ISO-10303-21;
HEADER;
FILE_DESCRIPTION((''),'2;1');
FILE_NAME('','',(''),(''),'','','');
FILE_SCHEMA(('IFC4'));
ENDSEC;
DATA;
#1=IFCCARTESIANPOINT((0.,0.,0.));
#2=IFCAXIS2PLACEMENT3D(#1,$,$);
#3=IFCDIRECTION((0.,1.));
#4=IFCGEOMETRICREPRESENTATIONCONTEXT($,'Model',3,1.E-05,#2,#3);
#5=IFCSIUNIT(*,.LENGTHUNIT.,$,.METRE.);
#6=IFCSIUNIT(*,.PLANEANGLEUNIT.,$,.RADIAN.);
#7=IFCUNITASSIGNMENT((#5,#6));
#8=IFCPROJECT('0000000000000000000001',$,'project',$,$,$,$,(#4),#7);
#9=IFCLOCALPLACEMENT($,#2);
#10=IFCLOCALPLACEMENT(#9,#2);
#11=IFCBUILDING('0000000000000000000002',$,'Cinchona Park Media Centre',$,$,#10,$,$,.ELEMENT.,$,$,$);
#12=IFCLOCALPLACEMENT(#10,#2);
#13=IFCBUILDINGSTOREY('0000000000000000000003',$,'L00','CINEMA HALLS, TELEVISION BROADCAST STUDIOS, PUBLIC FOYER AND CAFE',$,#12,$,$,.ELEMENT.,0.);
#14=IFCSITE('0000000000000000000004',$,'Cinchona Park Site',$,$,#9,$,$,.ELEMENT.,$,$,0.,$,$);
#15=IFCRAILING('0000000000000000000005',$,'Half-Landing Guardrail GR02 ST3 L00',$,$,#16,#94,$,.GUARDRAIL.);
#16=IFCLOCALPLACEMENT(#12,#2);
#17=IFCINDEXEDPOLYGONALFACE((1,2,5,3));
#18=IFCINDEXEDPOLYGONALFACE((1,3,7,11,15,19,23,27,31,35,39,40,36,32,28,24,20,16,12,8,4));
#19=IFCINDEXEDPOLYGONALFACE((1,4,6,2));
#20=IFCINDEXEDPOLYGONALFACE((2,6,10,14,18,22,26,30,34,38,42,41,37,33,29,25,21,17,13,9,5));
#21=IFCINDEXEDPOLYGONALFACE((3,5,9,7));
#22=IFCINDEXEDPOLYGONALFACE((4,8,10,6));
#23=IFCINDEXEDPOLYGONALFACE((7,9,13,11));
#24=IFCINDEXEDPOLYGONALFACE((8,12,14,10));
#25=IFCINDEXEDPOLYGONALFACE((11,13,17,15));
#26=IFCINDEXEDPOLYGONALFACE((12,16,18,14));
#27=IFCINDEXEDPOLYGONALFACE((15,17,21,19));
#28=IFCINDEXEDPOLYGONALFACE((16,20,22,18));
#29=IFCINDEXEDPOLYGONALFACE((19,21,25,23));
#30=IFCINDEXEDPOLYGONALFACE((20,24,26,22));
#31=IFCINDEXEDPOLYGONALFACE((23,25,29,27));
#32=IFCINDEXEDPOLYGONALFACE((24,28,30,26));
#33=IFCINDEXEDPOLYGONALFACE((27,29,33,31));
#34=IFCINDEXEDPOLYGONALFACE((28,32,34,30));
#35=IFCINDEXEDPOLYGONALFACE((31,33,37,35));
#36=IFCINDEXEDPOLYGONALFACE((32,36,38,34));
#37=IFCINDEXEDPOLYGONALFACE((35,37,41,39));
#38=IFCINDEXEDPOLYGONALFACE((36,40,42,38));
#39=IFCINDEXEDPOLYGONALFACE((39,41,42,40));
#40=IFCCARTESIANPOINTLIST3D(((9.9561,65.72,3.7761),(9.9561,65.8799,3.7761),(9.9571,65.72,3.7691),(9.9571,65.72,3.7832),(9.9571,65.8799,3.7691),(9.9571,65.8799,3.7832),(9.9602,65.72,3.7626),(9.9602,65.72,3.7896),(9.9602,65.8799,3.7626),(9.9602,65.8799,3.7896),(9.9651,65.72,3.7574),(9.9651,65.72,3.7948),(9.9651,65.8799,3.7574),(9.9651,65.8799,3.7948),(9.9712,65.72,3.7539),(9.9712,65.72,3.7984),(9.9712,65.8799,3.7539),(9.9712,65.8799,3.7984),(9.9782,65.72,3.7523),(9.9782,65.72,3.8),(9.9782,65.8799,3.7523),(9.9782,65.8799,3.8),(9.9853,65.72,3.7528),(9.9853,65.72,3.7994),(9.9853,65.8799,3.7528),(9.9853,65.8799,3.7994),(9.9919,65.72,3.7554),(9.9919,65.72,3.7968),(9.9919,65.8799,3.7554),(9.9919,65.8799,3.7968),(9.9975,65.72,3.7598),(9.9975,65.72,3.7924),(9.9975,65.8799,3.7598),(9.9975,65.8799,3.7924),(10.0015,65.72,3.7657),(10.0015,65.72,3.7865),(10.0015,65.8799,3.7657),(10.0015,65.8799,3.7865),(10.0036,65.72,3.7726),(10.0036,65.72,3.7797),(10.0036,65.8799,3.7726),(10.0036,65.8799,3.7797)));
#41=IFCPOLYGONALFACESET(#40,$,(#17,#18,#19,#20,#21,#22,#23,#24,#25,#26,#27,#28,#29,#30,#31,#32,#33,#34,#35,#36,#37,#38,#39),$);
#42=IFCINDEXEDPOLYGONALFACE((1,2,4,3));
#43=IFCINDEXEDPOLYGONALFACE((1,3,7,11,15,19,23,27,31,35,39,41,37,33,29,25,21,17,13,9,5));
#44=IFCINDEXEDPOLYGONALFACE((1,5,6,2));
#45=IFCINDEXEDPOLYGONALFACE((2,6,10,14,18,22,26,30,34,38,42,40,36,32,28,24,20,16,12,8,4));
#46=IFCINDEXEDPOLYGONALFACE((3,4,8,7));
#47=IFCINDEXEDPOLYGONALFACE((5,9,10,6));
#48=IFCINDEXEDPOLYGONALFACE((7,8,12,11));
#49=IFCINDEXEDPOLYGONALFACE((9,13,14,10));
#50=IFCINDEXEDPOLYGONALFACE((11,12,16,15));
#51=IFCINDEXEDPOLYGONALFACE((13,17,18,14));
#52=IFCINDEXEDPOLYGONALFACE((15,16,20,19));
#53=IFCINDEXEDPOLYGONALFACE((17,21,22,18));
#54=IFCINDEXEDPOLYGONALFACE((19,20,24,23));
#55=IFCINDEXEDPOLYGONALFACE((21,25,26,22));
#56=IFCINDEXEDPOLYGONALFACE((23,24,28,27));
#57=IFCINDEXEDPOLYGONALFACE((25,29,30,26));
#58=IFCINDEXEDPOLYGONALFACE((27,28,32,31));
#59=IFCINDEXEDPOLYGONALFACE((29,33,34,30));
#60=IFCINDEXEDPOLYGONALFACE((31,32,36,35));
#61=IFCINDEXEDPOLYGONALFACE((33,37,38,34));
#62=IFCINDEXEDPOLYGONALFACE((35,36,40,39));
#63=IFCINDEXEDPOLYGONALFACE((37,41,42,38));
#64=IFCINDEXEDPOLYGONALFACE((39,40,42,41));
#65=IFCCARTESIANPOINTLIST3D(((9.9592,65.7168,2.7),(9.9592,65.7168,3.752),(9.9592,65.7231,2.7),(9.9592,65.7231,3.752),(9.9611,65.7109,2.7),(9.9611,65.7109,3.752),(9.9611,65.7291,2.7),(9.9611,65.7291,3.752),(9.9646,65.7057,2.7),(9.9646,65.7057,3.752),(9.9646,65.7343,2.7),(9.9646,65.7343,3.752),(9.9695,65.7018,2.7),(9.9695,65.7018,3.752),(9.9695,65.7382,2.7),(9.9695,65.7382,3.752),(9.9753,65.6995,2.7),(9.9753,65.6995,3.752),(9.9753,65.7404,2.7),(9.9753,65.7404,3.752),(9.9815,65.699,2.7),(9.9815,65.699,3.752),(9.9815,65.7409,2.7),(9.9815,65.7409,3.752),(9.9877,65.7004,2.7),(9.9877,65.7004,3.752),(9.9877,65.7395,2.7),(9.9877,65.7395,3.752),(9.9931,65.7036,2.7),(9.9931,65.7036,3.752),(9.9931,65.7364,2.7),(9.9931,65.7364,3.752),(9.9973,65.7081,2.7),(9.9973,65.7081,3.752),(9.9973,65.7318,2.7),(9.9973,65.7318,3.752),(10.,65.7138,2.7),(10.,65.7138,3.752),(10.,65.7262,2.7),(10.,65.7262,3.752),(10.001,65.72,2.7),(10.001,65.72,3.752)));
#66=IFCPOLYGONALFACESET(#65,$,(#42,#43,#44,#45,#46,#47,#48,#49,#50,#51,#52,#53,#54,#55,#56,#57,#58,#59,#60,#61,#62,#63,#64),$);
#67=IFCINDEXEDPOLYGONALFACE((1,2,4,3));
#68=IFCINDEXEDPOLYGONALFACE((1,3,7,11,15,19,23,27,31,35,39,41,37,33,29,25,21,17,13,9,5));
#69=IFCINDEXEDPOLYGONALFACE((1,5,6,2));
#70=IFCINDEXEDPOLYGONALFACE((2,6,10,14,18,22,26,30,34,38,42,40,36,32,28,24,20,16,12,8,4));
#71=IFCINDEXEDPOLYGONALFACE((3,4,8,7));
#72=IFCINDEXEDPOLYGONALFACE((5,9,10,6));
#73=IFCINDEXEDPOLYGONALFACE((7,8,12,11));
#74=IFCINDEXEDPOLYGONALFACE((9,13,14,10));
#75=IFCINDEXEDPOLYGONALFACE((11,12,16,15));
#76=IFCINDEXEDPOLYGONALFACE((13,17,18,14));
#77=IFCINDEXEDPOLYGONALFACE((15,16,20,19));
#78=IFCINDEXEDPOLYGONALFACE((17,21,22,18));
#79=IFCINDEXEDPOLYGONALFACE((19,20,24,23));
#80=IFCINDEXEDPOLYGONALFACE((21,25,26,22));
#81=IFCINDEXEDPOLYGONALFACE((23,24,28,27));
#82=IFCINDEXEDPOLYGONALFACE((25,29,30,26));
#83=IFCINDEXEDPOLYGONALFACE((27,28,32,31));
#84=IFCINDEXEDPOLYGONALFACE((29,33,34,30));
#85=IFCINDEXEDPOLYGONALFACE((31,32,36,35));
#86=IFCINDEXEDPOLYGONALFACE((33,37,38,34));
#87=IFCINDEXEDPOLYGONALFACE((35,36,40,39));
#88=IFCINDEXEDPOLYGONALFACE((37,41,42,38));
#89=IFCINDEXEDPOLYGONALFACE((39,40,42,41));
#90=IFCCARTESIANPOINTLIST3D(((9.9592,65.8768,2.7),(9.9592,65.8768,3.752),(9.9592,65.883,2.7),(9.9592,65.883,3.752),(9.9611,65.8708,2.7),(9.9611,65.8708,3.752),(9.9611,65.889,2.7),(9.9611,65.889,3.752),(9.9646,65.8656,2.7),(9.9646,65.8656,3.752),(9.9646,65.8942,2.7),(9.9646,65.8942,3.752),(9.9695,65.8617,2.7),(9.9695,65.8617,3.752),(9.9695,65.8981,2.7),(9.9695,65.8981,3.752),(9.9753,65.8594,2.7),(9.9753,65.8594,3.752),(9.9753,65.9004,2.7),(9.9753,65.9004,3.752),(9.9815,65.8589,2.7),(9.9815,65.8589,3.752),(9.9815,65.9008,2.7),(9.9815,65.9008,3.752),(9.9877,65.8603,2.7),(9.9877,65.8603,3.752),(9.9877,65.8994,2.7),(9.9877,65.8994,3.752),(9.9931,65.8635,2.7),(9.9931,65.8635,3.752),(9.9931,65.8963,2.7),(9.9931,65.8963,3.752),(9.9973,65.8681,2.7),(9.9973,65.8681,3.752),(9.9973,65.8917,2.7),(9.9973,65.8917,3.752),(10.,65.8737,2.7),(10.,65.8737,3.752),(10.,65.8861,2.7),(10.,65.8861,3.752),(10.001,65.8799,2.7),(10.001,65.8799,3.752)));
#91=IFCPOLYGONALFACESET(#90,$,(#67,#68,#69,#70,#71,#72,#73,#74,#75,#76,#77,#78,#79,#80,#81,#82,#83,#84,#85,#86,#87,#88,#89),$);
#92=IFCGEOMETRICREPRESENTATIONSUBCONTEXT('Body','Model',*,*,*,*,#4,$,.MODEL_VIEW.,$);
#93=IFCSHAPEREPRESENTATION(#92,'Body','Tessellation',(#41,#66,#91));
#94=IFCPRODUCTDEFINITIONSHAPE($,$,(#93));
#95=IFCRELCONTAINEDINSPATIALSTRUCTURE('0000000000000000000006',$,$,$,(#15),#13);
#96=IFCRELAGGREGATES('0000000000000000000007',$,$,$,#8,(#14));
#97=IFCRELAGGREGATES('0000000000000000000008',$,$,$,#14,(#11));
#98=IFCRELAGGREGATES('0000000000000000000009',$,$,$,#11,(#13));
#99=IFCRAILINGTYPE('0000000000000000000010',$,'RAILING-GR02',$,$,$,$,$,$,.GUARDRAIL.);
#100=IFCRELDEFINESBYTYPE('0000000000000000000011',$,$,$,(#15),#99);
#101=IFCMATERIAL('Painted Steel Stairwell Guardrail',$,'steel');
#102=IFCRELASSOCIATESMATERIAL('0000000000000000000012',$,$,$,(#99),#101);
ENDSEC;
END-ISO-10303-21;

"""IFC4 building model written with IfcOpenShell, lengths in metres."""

from ifc_helpers import new_model, si_unit, direction, frame, origin, origin_2d, place, context, subcontext, project, spatial, circle, extrude, material, type_object, element, save


model = new_model("IFC4")

# Units and contexts
model_context = context("Model", 3, precision=1e-05, world=origin(), true_north=direction((0.0, 1.0)))
body_context = subcontext(model_context, "Body", "Model", "MODEL_VIEW")
ifc_project = project(units=[si_unit("LENGTHUNIT", "METRE"), si_unit("PLANEANGLEUNIT", "RADIAN")], contexts=[model_context])

# Site, building, storey
site_placement = place(None, origin())
site = spatial("IfcSite", under=ifc_project, at=site_placement, Name="Cinchona Park Site", CompositionType="ELEMENT", RefElevation=0.0)
building_placement = place(site_placement, origin())
building = spatial("IfcBuilding", under=site, at=building_placement, Name="Cinchona Park Media Centre", CompositionType="ELEMENT")
storey_placement = place(building_placement, origin())
storey = spatial("IfcBuildingStorey", under=building, at=storey_placement, Name="L00", Description="CINEMA HALLS, TELEVISION BROADCAST STUDIOS, PUBLIC FOYER AND CAFE", CompositionType="ELEMENT", Elevation=0.0)

# Railing
ifc_material_1 = material(Name="Painted Steel Stairwell Guardrail", Category="steel")
railing_type_1 = type_object("IfcRailingType", Name="RAILING-GR02", PredefinedType="GUARDRAIL", material=ifc_material_1)
for number, where, name in (
    (1, (9.98, 65.72, 2.7), "Half-Landing Guardrail GR02 ST3 L00"),
):
    element("IfcRailing", number, at=place(storey_placement, frame(where)), inside=storey, type_object=railing_type_1, Name=name, PredefinedType="GUARDRAIL", context=body_context, shape_type="SweptSolid", body=[
        extrude(circle(Radius=0.0239, at=origin_2d()), frame((0.0, 0.0, 1.0762), z_axis=(0.0, 1.0, 0.0), x_axis=(-1.0, 0.0, 0.0)), (0.0, 0.0, 1.0), 0.1599),
        extrude(circle(Radius=0.021, at=origin_2d()), origin(), (0.0, 0.0, 1.0), 1.052),
        extrude(circle(Radius=0.021, at=origin_2d()), frame((0.0, 0.1599, 0.0)), (0.0, 0.0, 1.0), 1.052),
    ])

save(model, "model.ifc")
